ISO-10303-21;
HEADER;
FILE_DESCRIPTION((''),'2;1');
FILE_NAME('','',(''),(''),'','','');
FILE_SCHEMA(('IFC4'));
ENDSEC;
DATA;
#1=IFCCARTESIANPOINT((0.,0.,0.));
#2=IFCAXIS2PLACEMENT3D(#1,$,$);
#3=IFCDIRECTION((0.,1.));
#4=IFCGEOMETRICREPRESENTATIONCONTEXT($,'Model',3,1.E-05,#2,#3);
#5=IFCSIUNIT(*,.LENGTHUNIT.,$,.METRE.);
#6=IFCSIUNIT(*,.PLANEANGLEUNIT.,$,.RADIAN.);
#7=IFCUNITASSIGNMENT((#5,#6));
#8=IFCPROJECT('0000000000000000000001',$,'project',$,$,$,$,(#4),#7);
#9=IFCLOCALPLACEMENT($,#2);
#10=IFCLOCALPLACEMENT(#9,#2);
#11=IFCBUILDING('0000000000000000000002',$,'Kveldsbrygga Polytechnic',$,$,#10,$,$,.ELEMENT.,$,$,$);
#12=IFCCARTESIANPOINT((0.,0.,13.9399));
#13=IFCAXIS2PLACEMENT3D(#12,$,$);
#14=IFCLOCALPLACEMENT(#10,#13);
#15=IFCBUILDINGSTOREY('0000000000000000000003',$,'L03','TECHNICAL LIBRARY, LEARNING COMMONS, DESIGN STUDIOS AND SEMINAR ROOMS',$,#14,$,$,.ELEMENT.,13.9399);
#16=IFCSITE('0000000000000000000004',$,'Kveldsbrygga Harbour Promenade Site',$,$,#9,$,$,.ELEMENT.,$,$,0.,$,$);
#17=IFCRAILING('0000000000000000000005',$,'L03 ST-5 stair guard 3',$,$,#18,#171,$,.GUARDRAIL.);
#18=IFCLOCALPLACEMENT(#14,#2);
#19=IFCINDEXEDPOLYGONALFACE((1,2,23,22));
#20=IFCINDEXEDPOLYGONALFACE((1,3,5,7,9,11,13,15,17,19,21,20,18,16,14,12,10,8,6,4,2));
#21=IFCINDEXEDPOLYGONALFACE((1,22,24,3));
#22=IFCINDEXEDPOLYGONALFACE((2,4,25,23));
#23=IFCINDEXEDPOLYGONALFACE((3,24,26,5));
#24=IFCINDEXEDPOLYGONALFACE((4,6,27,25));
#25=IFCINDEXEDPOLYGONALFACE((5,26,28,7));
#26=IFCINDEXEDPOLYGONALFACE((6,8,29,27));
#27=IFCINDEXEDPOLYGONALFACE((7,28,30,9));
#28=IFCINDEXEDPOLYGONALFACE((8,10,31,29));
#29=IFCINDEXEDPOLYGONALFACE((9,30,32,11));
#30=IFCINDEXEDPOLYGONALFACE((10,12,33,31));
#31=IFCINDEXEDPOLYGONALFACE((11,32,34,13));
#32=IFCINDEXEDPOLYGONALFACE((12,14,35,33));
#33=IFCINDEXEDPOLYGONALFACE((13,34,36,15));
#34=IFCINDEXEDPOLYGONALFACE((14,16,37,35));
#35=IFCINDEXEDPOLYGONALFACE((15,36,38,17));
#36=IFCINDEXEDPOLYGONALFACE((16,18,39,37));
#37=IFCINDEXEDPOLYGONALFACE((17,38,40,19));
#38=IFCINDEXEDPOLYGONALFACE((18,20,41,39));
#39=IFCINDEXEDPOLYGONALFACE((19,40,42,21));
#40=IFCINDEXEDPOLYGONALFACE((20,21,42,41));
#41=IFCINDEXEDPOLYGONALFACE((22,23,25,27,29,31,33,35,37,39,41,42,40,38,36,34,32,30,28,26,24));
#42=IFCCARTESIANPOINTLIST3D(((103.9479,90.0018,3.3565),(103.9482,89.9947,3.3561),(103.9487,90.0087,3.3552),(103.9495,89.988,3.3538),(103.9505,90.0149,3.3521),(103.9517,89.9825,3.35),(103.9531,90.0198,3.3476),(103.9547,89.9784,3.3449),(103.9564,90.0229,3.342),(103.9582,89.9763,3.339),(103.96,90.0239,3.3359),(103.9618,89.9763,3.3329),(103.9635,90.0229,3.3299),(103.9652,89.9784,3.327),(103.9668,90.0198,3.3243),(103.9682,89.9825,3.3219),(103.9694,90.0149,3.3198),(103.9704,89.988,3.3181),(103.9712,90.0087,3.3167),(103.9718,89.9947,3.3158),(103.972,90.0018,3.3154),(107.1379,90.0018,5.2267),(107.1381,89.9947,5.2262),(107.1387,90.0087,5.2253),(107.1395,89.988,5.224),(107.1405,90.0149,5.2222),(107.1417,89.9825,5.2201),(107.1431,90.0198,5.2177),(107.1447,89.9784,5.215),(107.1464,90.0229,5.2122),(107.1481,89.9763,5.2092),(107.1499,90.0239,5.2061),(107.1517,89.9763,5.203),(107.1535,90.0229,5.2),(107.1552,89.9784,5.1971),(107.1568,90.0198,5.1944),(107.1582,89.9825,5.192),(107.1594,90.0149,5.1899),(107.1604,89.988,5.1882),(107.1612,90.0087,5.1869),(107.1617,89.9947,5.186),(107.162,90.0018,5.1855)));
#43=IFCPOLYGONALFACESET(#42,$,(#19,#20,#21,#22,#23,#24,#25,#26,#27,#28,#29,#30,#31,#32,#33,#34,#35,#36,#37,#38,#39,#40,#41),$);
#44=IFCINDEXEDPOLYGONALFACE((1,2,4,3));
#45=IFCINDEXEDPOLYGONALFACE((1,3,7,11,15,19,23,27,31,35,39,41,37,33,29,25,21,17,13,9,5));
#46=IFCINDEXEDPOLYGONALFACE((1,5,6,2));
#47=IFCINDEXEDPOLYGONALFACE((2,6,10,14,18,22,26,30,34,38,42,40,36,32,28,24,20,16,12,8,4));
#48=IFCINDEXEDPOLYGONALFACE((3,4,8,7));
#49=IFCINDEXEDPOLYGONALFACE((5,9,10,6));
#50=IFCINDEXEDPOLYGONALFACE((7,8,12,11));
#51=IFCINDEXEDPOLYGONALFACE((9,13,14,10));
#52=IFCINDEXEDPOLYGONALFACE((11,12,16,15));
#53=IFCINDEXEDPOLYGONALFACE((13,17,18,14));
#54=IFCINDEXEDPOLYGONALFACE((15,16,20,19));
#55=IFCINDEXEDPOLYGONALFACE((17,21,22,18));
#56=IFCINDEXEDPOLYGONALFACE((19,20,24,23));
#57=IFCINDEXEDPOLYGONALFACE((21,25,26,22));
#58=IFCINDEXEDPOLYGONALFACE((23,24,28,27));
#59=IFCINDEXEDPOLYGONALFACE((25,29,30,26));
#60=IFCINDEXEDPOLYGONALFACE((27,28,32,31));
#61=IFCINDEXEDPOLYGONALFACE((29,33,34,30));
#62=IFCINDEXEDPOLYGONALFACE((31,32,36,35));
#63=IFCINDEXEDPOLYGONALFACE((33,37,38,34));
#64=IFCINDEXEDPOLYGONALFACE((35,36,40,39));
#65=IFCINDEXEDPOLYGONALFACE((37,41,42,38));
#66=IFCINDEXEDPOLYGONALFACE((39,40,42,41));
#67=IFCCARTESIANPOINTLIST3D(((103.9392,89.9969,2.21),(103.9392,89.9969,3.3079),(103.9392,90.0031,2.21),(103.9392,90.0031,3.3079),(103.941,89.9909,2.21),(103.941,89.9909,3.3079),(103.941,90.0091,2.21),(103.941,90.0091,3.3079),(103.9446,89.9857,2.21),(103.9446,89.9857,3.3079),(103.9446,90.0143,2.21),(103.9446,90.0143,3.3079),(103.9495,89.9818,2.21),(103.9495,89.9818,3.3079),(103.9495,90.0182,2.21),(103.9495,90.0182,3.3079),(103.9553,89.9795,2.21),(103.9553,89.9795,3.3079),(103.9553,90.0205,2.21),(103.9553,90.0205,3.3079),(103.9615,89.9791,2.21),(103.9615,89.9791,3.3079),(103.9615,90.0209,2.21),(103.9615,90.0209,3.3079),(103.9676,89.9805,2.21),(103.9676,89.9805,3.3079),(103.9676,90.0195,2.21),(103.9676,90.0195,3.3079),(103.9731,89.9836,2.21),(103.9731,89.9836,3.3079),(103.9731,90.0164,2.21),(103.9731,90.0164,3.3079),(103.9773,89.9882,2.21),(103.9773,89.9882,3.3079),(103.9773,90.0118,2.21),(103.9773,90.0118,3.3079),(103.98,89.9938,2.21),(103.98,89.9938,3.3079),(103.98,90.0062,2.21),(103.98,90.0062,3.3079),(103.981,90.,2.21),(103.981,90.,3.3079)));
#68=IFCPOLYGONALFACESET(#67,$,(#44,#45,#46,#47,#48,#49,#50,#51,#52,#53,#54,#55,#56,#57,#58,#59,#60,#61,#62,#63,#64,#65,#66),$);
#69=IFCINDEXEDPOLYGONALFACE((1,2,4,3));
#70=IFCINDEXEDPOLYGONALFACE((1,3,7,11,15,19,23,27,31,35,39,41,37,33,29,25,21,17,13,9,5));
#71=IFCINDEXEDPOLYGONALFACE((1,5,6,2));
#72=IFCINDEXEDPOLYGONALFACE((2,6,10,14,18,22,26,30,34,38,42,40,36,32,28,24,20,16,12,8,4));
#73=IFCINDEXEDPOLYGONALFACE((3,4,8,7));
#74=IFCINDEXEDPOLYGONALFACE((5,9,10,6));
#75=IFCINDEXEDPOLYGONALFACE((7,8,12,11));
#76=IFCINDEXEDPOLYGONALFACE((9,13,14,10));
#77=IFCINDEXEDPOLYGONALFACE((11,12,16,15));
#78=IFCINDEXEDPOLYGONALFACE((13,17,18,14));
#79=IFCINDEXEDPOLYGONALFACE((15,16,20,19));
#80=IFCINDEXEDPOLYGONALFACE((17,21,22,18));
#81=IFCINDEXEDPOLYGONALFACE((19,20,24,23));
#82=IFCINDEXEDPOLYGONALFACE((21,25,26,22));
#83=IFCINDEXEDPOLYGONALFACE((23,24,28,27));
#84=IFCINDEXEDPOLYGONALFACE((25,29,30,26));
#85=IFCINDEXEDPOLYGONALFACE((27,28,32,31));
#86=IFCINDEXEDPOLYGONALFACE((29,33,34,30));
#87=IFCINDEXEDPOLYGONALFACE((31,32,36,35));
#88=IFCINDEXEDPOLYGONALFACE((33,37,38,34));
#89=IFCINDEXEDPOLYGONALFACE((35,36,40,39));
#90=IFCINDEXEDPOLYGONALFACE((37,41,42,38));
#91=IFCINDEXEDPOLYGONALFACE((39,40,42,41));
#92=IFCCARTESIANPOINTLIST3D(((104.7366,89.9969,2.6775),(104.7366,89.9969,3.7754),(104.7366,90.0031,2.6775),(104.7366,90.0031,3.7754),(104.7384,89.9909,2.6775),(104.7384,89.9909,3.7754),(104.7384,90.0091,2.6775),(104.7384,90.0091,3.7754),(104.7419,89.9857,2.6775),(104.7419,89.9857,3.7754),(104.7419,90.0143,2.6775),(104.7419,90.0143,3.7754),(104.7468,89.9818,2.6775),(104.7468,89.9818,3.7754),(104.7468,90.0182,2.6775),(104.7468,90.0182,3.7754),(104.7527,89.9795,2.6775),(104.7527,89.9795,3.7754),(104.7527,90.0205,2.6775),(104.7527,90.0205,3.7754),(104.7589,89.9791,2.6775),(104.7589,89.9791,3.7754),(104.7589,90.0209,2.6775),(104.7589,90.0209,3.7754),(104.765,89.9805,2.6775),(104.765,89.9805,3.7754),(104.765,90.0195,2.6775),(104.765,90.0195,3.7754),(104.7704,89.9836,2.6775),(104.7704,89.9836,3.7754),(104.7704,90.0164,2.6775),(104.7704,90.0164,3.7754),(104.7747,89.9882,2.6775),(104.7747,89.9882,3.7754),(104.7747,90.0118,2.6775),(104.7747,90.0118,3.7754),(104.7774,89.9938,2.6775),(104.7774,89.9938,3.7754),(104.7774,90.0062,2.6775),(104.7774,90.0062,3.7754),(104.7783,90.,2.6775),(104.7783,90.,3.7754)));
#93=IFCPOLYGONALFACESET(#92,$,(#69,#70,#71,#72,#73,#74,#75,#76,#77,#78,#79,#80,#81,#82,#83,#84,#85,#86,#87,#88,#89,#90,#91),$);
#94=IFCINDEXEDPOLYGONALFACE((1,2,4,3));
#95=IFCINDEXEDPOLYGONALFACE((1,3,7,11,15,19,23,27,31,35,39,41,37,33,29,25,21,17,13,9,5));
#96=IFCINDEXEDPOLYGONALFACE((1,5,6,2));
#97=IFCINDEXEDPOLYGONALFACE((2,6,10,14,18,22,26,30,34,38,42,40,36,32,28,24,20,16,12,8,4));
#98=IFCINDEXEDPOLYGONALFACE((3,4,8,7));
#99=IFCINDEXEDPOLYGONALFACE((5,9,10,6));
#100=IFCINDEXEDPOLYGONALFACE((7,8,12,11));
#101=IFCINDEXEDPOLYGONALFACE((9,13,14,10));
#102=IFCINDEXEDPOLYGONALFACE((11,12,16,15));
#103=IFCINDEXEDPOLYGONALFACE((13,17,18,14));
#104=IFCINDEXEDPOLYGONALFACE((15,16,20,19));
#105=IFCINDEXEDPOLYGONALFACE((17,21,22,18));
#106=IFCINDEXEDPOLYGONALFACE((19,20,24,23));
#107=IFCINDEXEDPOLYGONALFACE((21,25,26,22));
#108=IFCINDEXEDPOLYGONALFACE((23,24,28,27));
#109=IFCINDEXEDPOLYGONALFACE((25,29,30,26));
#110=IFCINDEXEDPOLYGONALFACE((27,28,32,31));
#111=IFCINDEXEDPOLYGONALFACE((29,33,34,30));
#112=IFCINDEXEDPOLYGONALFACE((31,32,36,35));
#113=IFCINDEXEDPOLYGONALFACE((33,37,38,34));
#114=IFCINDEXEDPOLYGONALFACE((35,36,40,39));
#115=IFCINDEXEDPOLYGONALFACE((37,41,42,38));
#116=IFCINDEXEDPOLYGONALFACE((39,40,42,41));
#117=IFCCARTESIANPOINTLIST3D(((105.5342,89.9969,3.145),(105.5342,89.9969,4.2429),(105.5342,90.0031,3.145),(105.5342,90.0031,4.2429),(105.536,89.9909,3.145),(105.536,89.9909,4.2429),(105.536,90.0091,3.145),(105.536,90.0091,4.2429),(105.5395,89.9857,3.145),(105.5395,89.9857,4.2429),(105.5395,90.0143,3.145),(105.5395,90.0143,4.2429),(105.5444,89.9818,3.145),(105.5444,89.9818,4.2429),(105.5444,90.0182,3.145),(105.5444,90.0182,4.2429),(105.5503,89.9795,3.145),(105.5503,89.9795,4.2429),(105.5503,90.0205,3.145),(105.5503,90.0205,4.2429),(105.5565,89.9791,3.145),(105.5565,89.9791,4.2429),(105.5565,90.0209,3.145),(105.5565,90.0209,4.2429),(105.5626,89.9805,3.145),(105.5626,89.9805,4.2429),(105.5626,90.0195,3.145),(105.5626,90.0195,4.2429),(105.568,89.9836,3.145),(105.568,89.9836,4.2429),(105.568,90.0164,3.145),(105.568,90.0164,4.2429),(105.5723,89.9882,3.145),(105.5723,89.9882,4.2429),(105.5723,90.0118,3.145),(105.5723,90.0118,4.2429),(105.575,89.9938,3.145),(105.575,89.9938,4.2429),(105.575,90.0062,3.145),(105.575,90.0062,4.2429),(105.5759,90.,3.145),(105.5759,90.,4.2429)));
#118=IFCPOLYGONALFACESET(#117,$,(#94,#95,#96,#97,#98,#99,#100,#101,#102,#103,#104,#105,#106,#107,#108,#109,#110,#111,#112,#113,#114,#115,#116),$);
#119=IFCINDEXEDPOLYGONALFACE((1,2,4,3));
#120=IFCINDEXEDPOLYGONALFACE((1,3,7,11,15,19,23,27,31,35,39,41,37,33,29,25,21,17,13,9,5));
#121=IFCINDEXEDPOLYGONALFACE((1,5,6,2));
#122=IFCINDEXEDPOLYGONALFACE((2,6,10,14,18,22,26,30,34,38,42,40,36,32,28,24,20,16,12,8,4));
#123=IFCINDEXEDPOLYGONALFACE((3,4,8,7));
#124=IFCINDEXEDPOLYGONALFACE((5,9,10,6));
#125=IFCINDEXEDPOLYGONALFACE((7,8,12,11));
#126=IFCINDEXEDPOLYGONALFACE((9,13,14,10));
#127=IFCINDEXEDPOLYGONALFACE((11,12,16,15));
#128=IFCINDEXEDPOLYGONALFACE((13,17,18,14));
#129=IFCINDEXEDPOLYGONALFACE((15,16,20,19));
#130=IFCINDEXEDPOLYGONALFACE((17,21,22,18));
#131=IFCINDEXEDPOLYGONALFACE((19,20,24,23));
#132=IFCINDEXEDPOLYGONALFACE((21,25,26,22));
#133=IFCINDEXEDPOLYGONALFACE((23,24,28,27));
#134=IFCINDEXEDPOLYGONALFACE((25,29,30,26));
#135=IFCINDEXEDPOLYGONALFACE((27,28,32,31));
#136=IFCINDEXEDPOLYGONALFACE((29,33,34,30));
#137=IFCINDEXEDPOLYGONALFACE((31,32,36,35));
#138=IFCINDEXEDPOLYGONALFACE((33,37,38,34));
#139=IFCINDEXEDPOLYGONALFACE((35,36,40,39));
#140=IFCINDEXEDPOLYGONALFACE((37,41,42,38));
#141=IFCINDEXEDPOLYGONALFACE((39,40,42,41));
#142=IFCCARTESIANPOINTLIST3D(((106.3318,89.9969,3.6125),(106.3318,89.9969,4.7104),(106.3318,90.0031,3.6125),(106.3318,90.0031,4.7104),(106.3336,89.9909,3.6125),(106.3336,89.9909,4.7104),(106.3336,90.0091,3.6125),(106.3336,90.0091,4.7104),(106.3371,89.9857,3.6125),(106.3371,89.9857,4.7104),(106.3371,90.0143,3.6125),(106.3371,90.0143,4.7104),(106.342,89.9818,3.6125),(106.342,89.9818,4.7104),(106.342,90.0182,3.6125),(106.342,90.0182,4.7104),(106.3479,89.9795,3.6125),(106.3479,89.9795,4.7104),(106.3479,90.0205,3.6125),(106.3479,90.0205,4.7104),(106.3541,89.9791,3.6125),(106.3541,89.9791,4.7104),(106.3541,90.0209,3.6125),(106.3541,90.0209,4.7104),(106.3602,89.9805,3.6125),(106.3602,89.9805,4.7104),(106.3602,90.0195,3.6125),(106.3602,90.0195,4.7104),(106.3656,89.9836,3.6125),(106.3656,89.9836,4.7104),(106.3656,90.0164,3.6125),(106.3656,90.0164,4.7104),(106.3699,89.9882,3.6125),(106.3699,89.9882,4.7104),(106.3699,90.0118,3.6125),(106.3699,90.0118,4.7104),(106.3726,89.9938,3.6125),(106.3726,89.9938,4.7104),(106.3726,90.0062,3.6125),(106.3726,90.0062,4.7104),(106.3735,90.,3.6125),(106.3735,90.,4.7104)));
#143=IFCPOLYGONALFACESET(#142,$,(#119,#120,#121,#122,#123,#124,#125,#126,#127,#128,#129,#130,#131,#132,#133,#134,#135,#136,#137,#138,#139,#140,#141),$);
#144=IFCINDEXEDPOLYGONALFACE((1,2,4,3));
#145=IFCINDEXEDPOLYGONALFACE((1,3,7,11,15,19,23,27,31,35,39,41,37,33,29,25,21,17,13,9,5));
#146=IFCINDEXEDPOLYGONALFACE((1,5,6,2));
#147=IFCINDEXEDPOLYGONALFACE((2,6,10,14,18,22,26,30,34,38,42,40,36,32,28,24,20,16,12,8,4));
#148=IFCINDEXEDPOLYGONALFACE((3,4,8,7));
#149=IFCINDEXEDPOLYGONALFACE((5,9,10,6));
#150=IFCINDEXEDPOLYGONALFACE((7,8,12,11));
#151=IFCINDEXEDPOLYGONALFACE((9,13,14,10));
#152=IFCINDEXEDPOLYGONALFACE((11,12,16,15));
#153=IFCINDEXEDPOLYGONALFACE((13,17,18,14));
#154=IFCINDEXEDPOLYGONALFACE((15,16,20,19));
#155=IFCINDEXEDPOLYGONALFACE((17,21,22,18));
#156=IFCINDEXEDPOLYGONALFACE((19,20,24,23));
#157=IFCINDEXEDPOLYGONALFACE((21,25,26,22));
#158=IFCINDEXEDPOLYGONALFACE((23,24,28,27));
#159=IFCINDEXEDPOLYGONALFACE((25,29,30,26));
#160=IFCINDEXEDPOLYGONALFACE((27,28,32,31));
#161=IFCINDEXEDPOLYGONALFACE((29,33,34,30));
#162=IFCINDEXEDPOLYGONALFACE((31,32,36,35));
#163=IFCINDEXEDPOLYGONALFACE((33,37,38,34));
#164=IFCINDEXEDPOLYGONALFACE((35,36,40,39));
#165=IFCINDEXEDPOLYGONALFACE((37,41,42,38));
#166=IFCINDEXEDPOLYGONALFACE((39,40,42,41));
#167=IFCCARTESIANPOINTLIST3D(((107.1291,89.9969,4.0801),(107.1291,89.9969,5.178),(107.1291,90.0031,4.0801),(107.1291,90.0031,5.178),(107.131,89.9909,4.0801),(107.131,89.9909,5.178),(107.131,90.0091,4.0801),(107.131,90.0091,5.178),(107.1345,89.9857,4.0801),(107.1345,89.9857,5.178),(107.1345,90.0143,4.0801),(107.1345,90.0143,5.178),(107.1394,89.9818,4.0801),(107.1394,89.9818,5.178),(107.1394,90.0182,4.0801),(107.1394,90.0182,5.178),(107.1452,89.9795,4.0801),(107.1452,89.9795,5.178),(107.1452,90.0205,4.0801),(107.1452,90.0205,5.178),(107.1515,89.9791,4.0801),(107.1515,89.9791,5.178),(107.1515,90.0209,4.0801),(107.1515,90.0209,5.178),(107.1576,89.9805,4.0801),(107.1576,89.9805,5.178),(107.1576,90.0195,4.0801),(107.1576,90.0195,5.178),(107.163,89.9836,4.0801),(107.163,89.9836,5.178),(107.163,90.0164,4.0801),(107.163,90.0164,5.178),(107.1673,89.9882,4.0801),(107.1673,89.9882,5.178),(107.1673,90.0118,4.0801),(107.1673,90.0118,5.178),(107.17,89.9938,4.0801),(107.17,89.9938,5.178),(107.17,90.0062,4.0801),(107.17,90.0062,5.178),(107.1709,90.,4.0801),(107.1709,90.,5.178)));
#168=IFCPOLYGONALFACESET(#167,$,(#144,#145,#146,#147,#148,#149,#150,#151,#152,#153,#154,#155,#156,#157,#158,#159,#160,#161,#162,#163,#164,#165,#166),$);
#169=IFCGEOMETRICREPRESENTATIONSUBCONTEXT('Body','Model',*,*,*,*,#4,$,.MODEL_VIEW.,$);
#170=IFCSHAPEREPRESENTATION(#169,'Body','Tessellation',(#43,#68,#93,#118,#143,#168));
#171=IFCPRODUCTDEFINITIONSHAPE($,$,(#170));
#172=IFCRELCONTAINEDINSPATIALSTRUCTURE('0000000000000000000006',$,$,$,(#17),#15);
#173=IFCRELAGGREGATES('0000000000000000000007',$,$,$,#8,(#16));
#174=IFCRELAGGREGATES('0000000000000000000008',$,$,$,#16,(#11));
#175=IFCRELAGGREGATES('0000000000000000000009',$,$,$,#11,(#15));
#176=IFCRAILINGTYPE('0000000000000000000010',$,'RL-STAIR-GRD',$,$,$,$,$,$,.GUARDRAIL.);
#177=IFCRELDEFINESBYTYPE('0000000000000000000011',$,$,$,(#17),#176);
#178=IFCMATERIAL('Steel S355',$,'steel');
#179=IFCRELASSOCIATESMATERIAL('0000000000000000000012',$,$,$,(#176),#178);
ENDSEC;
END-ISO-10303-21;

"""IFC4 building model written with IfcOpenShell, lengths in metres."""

from ifc_helpers import new_model, si_unit, direction, frame, origin, origin_2d, place, context, subcontext, project, spatial, circle, extrude, material, type_object, element, save


model = new_model("IFC4")

# Units and contexts
model_context = context("Model", 3, precision=1e-05, world=origin(), true_north=direction((0.0, 1.0)))
body_context = subcontext(model_context, "Body", "Model", "MODEL_VIEW")
ifc_project = project(units=[si_unit("LENGTHUNIT", "METRE"), si_unit("PLANEANGLEUNIT", "RADIAN")], contexts=[model_context])

# Site, building, storey
site_placement = place(None, origin())
site = spatial("IfcSite", under=ifc_project, at=site_placement, Name="Kveldsbrygga Harbour Promenade Site", CompositionType="ELEMENT", RefElevation=0.0)
building_placement = place(site_placement, origin())
building = spatial("IfcBuilding", under=site, at=building_placement, Name="Kveldsbrygga Polytechnic", CompositionType="ELEMENT")
storey_placement = place(building_placement, frame((0.0, 0.0, 13.9399)))
storey = spatial("IfcBuildingStorey", under=building, at=storey_placement, Name="L03", Description="TECHNICAL LIBRARY, LEARNING COMMONS, DESIGN STUDIOS AND SEMINAR ROOMS", CompositionType="ELEMENT", Elevation=13.9399)

# Railing
ifc_material_1 = material(Name="Steel S355", Category="steel")
railing_type_1 = type_object("IfcRailingType", Name="RL-STAIR-GRD", PredefinedType="GUARDRAIL", material=ifc_material_1)
railing_1_placement = place(storey_placement, frame((103.96, 90.0, 2.21)))
element("IfcRailing", 1, at=railing_1_placement, inside=storey, type_object=railing_type_1, Name="L03 ST-5 stair guard 3", PredefinedType="GUARDRAIL", context=body_context, shape_type="SweptSolid", body=[
    extrude(circle(Radius=0.0239, at=origin_2d()), frame((0.0, 0.0, 1.126), z_axis=(0.86268, 0.0, 0.50575), x_axis=(0.0, 1.0, 0.0)), (0.0, 0.0, 1.0), 3.6978),
    extrude(circle(Radius=0.021, at=origin_2d()), origin(), (0.0, 0.0, 1.0), 1.0979),
    extrude(circle(Radius=0.021, at=origin_2d()), frame((0.7974, 0.0, 0.4675)), (0.0, 0.0, 1.0), 1.0979),
    extrude(circle(Radius=0.021, at=origin_2d()), frame((1.595, 0.0, 0.9351)), (0.0, 0.0, 1.0), 1.0979),
    extrude(circle(Radius=0.021, at=origin_2d()), frame((2.3926, 0.0, 1.4026)), (0.0, 0.0, 1.0), 1.0979),
    extrude(circle(Radius=0.021, at=origin_2d()), frame((3.1899, 0.0, 1.8701)), (0.0, 0.0, 1.0), 1.0979),
])

save(model, "model.ifc")
